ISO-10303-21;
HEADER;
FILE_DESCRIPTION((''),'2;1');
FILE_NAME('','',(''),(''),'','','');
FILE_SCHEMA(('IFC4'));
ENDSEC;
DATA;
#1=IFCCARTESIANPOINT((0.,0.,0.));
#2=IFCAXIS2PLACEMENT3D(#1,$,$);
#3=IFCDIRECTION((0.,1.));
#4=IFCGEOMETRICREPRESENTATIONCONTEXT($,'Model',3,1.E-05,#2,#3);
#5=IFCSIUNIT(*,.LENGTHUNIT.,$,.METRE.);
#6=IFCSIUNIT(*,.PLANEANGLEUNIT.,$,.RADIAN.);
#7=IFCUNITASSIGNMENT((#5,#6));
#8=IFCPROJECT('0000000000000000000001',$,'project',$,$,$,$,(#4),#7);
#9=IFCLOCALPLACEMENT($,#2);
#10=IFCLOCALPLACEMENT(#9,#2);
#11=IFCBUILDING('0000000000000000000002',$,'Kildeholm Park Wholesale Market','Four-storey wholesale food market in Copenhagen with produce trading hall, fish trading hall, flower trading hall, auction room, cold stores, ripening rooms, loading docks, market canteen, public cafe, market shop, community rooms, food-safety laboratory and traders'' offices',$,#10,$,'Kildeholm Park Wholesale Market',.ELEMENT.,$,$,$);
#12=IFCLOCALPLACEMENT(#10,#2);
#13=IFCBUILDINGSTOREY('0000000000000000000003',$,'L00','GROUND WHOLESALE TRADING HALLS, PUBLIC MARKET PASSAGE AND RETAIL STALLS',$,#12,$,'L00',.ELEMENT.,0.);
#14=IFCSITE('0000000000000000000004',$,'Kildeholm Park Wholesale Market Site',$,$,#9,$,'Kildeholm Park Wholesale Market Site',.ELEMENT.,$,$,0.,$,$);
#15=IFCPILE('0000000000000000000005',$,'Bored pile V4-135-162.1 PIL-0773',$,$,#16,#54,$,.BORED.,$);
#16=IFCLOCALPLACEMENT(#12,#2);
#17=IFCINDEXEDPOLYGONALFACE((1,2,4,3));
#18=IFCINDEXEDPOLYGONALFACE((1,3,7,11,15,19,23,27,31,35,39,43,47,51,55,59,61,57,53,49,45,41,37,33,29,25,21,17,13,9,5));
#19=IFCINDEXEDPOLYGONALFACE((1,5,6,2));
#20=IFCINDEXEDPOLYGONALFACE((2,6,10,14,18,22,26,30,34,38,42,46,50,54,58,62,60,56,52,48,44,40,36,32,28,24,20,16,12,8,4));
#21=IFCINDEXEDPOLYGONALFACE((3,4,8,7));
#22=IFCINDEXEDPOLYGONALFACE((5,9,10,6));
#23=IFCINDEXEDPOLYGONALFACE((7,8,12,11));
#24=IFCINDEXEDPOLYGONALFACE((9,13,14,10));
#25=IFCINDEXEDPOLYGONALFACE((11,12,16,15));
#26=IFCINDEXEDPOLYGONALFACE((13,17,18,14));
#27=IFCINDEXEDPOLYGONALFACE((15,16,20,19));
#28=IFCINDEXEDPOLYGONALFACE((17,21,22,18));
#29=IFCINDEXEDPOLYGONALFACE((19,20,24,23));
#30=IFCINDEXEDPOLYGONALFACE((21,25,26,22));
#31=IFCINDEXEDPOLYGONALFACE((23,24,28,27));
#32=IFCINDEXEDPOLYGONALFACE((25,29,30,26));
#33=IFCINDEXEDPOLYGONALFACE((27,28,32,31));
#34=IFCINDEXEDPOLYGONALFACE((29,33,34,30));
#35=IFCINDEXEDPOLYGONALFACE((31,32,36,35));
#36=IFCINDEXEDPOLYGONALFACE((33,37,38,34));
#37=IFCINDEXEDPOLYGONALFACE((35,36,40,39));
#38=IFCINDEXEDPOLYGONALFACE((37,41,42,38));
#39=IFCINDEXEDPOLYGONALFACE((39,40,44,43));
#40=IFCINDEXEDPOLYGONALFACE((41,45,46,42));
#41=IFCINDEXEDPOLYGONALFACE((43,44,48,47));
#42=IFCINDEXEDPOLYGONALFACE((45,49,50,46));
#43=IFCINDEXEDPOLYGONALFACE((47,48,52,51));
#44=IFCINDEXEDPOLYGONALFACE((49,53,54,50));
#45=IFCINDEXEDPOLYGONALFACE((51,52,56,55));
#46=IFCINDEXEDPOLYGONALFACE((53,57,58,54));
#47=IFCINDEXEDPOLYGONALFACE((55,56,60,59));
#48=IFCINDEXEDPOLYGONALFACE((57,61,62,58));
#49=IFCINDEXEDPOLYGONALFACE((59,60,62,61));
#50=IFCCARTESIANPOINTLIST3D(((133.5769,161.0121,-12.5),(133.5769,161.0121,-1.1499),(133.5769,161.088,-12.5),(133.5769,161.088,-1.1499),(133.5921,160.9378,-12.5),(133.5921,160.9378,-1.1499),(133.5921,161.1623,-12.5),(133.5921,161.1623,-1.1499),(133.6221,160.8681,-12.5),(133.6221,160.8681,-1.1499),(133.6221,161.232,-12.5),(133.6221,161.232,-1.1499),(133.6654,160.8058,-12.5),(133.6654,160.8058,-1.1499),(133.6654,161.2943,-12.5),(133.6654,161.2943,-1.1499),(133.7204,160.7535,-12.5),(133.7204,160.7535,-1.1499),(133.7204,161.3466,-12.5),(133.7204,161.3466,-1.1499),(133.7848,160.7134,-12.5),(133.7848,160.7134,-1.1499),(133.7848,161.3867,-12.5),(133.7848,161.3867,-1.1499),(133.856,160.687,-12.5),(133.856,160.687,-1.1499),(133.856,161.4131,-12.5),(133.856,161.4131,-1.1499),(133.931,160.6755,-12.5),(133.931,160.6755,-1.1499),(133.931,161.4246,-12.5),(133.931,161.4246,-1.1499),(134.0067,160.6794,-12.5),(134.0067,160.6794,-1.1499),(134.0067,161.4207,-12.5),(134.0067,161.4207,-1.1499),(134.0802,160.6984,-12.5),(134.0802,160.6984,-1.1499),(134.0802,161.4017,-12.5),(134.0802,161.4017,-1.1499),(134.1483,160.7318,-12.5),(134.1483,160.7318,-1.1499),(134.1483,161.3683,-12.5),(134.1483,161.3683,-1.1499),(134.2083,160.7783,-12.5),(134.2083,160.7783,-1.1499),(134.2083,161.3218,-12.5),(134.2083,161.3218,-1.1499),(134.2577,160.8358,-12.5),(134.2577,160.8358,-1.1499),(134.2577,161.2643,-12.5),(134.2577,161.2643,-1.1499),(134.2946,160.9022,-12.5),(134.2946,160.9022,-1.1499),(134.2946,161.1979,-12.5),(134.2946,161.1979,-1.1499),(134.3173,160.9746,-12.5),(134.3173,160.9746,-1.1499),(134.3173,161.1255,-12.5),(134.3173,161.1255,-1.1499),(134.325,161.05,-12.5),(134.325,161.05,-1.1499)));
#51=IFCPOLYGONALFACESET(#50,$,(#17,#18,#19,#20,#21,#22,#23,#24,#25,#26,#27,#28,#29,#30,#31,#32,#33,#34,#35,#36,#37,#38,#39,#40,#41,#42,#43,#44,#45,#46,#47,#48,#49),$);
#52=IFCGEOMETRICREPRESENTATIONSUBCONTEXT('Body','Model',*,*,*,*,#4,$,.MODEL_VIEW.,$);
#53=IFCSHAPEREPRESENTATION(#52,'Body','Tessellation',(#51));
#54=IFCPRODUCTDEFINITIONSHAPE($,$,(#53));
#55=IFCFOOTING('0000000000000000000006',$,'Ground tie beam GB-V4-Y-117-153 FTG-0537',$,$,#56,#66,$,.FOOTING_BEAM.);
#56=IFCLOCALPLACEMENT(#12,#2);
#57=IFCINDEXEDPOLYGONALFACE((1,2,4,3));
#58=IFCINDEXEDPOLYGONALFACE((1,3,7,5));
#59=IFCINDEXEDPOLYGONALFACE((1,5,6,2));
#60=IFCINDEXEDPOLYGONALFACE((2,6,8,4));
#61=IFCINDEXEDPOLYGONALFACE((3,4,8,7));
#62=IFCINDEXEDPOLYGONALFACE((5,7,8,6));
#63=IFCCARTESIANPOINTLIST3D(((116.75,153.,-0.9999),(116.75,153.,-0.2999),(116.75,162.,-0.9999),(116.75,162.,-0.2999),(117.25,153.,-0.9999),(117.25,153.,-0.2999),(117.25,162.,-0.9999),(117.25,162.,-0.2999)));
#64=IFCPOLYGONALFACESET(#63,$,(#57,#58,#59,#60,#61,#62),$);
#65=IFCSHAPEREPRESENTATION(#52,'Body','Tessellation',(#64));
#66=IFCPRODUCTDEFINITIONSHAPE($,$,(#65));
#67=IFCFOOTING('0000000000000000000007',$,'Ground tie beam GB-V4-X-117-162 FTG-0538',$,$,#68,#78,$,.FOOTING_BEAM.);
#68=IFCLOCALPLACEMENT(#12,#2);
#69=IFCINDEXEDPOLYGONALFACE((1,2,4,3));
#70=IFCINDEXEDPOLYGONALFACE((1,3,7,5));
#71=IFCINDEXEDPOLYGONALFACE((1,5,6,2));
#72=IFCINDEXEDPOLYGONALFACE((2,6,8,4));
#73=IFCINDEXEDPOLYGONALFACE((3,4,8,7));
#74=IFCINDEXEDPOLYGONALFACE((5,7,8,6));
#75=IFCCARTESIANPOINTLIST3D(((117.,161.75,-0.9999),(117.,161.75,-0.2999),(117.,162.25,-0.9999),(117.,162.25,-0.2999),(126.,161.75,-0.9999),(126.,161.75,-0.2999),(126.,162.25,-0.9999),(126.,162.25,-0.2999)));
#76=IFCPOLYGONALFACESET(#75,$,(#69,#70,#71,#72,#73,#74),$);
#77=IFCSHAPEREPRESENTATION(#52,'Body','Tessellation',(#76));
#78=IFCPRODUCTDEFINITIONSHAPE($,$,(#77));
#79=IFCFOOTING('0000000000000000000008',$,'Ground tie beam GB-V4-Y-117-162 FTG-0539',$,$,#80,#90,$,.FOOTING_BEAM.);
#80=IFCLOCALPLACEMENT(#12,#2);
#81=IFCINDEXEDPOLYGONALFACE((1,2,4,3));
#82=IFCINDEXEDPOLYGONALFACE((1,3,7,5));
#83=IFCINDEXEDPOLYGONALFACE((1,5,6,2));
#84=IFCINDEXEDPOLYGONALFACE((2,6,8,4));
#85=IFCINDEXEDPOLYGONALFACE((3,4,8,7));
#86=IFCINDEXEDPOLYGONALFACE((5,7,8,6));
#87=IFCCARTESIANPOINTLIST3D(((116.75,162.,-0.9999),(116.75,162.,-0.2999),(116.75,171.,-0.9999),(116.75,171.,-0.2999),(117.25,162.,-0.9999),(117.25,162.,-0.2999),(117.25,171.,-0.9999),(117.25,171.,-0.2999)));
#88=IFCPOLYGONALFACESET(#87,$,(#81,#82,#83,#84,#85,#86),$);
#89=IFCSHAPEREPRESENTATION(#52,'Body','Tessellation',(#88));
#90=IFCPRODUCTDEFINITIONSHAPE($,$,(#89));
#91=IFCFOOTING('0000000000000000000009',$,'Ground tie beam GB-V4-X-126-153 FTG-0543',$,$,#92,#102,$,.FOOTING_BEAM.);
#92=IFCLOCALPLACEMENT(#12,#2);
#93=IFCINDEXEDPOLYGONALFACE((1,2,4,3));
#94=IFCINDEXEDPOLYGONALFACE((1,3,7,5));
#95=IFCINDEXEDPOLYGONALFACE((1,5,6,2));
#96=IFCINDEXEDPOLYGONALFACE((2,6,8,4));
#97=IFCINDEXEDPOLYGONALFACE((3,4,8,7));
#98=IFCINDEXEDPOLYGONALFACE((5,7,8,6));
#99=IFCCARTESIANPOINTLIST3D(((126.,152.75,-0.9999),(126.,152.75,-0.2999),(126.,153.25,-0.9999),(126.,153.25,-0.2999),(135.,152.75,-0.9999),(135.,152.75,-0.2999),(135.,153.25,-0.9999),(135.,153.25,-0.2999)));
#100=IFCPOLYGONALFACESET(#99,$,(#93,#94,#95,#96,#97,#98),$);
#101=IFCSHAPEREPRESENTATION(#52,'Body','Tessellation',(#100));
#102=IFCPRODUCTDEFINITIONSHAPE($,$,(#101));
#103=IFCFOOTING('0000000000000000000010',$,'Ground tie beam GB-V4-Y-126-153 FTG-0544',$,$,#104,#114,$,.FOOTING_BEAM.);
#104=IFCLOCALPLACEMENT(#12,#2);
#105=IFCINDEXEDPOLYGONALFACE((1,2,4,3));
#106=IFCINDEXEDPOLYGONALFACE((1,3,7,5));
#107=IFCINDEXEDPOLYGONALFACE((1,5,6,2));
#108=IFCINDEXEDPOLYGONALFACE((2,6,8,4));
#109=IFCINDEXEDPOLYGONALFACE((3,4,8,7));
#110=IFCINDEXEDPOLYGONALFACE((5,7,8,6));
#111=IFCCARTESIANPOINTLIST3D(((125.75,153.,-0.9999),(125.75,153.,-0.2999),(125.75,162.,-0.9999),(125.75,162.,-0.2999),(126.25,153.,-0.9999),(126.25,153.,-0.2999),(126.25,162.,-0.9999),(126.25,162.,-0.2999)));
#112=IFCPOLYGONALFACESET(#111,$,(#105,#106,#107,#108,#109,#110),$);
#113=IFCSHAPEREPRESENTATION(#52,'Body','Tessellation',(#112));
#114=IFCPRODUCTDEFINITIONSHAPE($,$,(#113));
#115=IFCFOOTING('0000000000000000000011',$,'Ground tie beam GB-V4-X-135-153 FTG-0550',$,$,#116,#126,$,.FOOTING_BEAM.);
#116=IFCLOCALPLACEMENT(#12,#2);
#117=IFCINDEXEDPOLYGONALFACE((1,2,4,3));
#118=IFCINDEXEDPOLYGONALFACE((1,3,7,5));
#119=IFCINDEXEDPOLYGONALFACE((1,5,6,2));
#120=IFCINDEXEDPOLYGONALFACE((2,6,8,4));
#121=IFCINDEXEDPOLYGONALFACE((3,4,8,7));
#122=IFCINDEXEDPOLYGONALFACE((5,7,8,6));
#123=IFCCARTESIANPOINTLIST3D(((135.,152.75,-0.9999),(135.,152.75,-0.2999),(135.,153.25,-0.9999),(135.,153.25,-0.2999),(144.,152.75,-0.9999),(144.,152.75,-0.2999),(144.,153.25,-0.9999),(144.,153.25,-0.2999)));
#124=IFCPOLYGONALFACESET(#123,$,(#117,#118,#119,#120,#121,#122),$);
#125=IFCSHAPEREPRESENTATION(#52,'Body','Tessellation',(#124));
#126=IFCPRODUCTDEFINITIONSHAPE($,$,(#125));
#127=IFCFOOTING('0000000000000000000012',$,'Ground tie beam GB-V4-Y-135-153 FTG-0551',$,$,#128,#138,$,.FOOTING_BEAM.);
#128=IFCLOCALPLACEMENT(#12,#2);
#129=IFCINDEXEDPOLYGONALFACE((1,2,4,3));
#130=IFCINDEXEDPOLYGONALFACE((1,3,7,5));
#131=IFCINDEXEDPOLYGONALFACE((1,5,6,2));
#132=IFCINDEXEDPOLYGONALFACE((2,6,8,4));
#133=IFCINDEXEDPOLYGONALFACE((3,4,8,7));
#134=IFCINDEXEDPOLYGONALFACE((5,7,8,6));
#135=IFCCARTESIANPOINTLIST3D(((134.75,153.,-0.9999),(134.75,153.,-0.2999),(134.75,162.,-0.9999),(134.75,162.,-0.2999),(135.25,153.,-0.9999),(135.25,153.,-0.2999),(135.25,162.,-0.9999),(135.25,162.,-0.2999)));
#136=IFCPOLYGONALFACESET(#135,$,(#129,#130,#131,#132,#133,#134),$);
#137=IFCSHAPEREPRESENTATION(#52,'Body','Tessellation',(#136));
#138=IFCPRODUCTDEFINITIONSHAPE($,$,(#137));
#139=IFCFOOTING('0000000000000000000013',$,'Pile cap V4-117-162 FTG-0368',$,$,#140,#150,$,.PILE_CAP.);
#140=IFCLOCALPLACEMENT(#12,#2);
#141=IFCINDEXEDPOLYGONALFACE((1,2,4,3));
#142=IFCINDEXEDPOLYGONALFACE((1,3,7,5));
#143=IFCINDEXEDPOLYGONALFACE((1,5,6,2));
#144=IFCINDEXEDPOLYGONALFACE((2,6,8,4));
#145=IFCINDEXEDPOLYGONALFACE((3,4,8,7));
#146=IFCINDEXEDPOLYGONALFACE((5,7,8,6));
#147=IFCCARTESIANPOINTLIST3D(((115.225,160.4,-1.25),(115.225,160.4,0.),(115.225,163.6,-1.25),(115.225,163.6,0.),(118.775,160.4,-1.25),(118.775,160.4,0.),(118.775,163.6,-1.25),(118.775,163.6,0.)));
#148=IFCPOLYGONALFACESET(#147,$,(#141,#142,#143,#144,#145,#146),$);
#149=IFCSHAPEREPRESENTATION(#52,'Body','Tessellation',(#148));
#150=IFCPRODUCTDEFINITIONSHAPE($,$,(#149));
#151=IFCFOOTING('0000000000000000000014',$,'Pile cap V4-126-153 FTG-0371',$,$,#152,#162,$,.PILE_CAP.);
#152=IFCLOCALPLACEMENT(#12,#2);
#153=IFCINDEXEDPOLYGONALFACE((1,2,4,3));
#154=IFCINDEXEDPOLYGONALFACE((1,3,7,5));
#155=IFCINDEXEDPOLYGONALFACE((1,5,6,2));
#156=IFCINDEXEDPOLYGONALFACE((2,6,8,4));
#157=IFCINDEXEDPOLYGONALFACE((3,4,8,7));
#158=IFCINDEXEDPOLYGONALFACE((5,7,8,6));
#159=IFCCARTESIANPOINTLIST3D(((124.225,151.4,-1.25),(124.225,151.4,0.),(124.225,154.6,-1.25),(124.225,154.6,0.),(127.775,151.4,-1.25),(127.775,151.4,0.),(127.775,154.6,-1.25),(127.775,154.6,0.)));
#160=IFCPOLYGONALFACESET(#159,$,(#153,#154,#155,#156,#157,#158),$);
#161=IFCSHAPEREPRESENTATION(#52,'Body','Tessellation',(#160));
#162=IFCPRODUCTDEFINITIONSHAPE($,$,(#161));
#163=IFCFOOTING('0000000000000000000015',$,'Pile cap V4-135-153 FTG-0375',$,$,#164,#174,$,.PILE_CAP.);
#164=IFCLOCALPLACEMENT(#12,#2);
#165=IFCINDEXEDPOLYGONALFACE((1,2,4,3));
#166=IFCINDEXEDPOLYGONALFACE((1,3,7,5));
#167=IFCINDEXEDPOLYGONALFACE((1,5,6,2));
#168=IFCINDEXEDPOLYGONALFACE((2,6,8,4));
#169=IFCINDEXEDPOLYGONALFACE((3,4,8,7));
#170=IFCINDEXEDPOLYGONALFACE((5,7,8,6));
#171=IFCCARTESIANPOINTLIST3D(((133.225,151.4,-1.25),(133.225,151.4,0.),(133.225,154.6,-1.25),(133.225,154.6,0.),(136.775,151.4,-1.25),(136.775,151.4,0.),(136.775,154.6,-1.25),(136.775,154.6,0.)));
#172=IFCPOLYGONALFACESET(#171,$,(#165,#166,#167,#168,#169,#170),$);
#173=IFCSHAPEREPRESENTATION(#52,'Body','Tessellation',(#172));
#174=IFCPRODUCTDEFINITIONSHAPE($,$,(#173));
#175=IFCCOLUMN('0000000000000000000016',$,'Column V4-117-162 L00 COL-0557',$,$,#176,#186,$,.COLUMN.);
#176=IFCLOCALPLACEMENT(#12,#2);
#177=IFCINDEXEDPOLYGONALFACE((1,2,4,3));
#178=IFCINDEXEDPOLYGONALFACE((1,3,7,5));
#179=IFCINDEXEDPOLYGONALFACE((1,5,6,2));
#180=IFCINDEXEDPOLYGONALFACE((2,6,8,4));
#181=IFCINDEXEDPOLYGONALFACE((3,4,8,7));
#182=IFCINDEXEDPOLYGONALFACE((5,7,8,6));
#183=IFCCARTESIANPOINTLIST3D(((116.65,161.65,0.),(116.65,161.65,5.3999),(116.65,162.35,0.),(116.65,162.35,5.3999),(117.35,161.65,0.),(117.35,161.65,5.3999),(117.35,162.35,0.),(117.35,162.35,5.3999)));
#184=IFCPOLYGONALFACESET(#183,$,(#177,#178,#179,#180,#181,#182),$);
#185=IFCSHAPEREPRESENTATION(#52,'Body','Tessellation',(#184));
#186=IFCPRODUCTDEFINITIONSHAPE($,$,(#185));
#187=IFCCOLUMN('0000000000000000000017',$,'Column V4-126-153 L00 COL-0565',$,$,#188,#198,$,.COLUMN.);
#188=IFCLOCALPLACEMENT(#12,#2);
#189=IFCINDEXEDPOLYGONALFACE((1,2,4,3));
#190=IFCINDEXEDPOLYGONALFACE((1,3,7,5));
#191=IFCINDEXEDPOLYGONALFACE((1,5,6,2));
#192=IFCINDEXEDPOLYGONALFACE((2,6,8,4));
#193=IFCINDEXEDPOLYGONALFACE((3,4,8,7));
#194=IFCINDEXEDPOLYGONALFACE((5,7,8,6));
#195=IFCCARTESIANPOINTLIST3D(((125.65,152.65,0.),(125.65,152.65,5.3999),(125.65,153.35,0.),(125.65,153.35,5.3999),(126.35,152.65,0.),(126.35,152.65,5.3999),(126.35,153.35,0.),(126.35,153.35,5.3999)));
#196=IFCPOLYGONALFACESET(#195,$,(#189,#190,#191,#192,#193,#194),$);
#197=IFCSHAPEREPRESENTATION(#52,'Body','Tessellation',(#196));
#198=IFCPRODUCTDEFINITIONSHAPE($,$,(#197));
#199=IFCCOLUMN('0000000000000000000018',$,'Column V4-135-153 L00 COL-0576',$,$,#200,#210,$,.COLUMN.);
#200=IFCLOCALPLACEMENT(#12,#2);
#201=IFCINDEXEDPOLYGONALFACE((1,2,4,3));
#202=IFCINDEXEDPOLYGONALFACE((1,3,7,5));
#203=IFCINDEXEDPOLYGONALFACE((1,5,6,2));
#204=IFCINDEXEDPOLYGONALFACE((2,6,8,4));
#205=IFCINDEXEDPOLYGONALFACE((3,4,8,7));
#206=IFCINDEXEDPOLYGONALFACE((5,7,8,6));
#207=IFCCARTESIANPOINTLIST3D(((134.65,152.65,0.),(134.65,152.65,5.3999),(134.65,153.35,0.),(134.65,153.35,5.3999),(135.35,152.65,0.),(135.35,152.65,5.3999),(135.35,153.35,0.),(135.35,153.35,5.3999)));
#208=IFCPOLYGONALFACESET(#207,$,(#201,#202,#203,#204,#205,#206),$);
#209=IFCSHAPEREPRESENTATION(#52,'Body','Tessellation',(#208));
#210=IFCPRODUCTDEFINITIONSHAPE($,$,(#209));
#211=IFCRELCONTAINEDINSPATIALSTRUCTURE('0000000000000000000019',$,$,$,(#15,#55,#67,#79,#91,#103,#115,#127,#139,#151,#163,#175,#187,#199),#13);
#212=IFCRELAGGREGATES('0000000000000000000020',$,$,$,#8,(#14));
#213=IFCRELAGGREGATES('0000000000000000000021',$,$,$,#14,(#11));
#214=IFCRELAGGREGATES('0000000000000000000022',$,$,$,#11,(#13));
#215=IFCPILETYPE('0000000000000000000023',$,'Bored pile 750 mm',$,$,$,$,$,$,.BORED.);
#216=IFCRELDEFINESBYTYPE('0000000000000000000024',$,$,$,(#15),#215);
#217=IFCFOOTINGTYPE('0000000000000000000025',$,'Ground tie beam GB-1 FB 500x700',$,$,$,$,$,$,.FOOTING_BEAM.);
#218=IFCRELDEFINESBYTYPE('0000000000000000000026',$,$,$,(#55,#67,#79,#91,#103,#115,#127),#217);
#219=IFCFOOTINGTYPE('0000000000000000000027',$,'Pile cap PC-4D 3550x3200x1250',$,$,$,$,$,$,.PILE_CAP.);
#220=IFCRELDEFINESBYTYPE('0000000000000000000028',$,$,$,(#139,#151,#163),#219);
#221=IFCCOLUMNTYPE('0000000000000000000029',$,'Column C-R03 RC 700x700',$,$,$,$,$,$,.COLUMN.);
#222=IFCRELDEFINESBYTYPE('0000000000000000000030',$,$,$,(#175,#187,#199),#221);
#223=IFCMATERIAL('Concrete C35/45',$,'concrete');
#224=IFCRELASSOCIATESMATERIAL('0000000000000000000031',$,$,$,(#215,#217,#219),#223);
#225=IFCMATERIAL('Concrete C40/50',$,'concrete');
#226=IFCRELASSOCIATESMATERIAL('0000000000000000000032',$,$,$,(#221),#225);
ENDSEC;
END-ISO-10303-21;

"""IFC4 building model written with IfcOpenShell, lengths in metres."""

from ifc_helpers import new_model, si_unit, direction, frame, origin, origin_2d, place, context, subcontext, project, spatial, rectangle, circle, extrude, material, material_profile, profile_set, type_object, element, save


model = new_model("IFC4")

# Units and contexts
model_context = context("Model", 3, precision=1e-05, world=origin(), true_north=direction((0.0, 1.0)))
body_context = subcontext(model_context, "Body", "Model", "MODEL_VIEW")
ifc_project = project(units=[si_unit("LENGTHUNIT", "METRE"), si_unit("PLANEANGLEUNIT", "RADIAN")], contexts=[model_context])

# Site, building, storey
site_placement = place(None, origin())
site = spatial("IfcSite", under=ifc_project, at=site_placement, Name="Kildeholm Park Wholesale Market Site", LongName="Kildeholm Park Wholesale Market Site", CompositionType="ELEMENT", RefElevation=0.0)
building_placement = place(site_placement, origin())
building = spatial("IfcBuilding", under=site, at=building_placement, Name="Kildeholm Park Wholesale Market", Description="Four-storey wholesale food market in Copenhagen with produce trading hall, fish trading hall, flower trading hall, auction room, cold stores, ripening rooms, loading docks, market canteen, public cafe, market shop, community rooms, food-safety laboratory and traders' offices", LongName="Kildeholm Park Wholesale Market", CompositionType="ELEMENT")
storey_placement = place(building_placement, origin())
storey = spatial("IfcBuildingStorey", under=building, at=storey_placement, Name="L00", Description="GROUND WHOLESALE TRADING HALLS, PUBLIC MARKET PASSAGE AND RETAIL STALLS", LongName="L00", CompositionType="ELEMENT", Elevation=0.0)

# Pile
ifc_material_1 = material(Name="Concrete C35/45", Category="concrete")
ifc_material_profile_1 = material_profile(ifc_material_1, circle(Radius=0.375, at=origin_2d()), Name="PILE D750")
ifc_profile_set_1 = profile_set([ifc_material_profile_1], Name="Concrete C35/45")
pile_type = type_object("IfcPileType", Name="Bored pile 750 mm", PredefinedType="BORED", material=ifc_profile_set_1)
for number, where, z_axis, x_axis, name in (
    (1, (133.95, 161.05, -1.1499), (0.0, 0.0, -1.0), (1.0, 0.0, 0.0), "Bored pile V4-135-162.1 PIL-0773"),
):
    element("IfcPile", number, at=place(storey_placement, frame(where, z_axis=z_axis, x_axis=x_axis)), inside=storey, type_object=pile_type, Name=name, PredefinedType="BORED", context=body_context, shape_type="SweptSolid", body=[
        extrude(circle(Radius=0.375, at=origin_2d()), origin(), (0.0, 0.0, 1.0), 11.3501),
    ])

# Footings
ifc_material_profile_2 = material_profile(ifc_material_1, rectangle(XDim=0.5, YDim=0.7, at=origin_2d()), Name="FB 500x700")
ifc_profile_set_2 = profile_set([ifc_material_profile_2], Name="Concrete C35/45")
footing_type_1 = type_object("IfcFootingType", Name="Ground tie beam GB-1 FB 500x700", PredefinedType="FOOTING_BEAM", material=ifc_profile_set_2)
for number, where, z_axis, x_axis, name in (
    (2, (117.0, 153.0, -0.6499), (0.0, 1.0, 0.0), (-1.0, 0.0, 0.0), "Ground tie beam GB-V4-Y-117-153 FTG-0537"),
    (3, (117.0, 162.0, -0.6499), (1.0, 0.0, 0.0), (0.0, 1.0, 0.0), "Ground tie beam GB-V4-X-117-162 FTG-0538"),
    (4, (117.0, 162.0, -0.6499), (0.0, 1.0, 0.0), (-1.0, 0.0, 0.0), "Ground tie beam GB-V4-Y-117-162 FTG-0539"),
    (5, (126.0, 153.0, -0.6499), (1.0, 0.0, 0.0), (0.0, 1.0, 0.0), "Ground tie beam GB-V4-X-126-153 FTG-0543"),
    (6, (126.0, 153.0, -0.6499), (0.0, 1.0, 0.0), (-1.0, 0.0, 0.0), "Ground tie beam GB-V4-Y-126-153 FTG-0544"),
    (7, (135.0, 153.0, -0.6499), (1.0, 0.0, 0.0), (0.0, 1.0, 0.0), "Ground tie beam GB-V4-X-135-153 FTG-0550"),
    (8, (135.0, 153.0, -0.6499), (0.0, 1.0, 0.0), (-1.0, 0.0, 0.0), "Ground tie beam GB-V4-Y-135-153 FTG-0551"),
):
    element("IfcFooting", number, at=place(storey_placement, frame(where, z_axis=z_axis, x_axis=x_axis)), inside=storey, type_object=footing_type_1, Name=name, PredefinedType="FOOTING_BEAM", context=body_context, shape_type="SweptSolid", body=[
        extrude(rectangle(XDim=0.5, YDim=0.7, at=origin_2d()), origin(), (0.0, 0.0, 1.0), 9.0),
    ])
footing_type_2 = type_object("IfcFootingType", Name="Pile cap PC-4D 3550x3200x1250", PredefinedType="PILE_CAP", material=ifc_material_1)
for number, where, z_axis, x_axis, name in (
    (9, (117.0, 162.0, -1.25), (0.0, 0.0, 1.0), (1.0, 0.0, 0.0), "Pile cap V4-117-162 FTG-0368"),
    (10, (126.0, 153.0, -1.25), (0.0, 0.0, 1.0), (1.0, 0.0, 0.0), "Pile cap V4-126-153 FTG-0371"),
    (11, (135.0, 153.0, -1.25), (0.0, 0.0, 1.0), (1.0, 0.0, 0.0), "Pile cap V4-135-153 FTG-0375"),
):
    element("IfcFooting", number, at=place(storey_placement, frame(where, z_axis=z_axis, x_axis=x_axis)), inside=storey, type_object=footing_type_2, Name=name, PredefinedType="PILE_CAP", context=body_context, shape_type="SweptSolid", body=[
        extrude(rectangle(XDim=3.55, YDim=3.2, at=origin_2d()), origin(), (0.0, 0.0, 1.0), 1.25),
    ])

# Columns
ifc_material_2 = material(Name="Concrete C40/50", Category="concrete")
ifc_material_profile_3 = material_profile(ifc_material_2, rectangle(XDim=0.7, YDim=0.7, at=origin_2d()), Name="RC 700x700")
ifc_profile_set_3 = profile_set([ifc_material_profile_3], Name="Concrete C40/50")
column_type = type_object("IfcColumnType", Name="Column C-R03 RC 700x700", PredefinedType="COLUMN", material=ifc_profile_set_3)
for number, where, z_axis, x_axis, name in (
    (12, (117.0, 162.0, 0.0), (0.0, 0.0, 1.0), (1.0, 0.0, 0.0), "Column V4-117-162 L00 COL-0557"),
    (13, (126.0, 153.0, 0.0), (0.0, 0.0, 1.0), (1.0, 0.0, 0.0), "Column V4-126-153 L00 COL-0565"),
    (14, (135.0, 153.0, 0.0), (0.0, 0.0, 1.0), (1.0, 0.0, 0.0), "Column V4-135-153 L00 COL-0576"),
):
    element("IfcColumn", number, at=place(storey_placement, frame(where, z_axis=z_axis, x_axis=x_axis)), inside=storey, type_object=column_type, Name=name, PredefinedType="COLUMN", context=body_context, shape_type="SweptSolid", body=[
        extrude(rectangle(XDim=0.7, YDim=0.7, at=origin_2d()), origin(), (0.0, 0.0, 1.0), 5.3999),
    ])

save(model, "model.ifc")
